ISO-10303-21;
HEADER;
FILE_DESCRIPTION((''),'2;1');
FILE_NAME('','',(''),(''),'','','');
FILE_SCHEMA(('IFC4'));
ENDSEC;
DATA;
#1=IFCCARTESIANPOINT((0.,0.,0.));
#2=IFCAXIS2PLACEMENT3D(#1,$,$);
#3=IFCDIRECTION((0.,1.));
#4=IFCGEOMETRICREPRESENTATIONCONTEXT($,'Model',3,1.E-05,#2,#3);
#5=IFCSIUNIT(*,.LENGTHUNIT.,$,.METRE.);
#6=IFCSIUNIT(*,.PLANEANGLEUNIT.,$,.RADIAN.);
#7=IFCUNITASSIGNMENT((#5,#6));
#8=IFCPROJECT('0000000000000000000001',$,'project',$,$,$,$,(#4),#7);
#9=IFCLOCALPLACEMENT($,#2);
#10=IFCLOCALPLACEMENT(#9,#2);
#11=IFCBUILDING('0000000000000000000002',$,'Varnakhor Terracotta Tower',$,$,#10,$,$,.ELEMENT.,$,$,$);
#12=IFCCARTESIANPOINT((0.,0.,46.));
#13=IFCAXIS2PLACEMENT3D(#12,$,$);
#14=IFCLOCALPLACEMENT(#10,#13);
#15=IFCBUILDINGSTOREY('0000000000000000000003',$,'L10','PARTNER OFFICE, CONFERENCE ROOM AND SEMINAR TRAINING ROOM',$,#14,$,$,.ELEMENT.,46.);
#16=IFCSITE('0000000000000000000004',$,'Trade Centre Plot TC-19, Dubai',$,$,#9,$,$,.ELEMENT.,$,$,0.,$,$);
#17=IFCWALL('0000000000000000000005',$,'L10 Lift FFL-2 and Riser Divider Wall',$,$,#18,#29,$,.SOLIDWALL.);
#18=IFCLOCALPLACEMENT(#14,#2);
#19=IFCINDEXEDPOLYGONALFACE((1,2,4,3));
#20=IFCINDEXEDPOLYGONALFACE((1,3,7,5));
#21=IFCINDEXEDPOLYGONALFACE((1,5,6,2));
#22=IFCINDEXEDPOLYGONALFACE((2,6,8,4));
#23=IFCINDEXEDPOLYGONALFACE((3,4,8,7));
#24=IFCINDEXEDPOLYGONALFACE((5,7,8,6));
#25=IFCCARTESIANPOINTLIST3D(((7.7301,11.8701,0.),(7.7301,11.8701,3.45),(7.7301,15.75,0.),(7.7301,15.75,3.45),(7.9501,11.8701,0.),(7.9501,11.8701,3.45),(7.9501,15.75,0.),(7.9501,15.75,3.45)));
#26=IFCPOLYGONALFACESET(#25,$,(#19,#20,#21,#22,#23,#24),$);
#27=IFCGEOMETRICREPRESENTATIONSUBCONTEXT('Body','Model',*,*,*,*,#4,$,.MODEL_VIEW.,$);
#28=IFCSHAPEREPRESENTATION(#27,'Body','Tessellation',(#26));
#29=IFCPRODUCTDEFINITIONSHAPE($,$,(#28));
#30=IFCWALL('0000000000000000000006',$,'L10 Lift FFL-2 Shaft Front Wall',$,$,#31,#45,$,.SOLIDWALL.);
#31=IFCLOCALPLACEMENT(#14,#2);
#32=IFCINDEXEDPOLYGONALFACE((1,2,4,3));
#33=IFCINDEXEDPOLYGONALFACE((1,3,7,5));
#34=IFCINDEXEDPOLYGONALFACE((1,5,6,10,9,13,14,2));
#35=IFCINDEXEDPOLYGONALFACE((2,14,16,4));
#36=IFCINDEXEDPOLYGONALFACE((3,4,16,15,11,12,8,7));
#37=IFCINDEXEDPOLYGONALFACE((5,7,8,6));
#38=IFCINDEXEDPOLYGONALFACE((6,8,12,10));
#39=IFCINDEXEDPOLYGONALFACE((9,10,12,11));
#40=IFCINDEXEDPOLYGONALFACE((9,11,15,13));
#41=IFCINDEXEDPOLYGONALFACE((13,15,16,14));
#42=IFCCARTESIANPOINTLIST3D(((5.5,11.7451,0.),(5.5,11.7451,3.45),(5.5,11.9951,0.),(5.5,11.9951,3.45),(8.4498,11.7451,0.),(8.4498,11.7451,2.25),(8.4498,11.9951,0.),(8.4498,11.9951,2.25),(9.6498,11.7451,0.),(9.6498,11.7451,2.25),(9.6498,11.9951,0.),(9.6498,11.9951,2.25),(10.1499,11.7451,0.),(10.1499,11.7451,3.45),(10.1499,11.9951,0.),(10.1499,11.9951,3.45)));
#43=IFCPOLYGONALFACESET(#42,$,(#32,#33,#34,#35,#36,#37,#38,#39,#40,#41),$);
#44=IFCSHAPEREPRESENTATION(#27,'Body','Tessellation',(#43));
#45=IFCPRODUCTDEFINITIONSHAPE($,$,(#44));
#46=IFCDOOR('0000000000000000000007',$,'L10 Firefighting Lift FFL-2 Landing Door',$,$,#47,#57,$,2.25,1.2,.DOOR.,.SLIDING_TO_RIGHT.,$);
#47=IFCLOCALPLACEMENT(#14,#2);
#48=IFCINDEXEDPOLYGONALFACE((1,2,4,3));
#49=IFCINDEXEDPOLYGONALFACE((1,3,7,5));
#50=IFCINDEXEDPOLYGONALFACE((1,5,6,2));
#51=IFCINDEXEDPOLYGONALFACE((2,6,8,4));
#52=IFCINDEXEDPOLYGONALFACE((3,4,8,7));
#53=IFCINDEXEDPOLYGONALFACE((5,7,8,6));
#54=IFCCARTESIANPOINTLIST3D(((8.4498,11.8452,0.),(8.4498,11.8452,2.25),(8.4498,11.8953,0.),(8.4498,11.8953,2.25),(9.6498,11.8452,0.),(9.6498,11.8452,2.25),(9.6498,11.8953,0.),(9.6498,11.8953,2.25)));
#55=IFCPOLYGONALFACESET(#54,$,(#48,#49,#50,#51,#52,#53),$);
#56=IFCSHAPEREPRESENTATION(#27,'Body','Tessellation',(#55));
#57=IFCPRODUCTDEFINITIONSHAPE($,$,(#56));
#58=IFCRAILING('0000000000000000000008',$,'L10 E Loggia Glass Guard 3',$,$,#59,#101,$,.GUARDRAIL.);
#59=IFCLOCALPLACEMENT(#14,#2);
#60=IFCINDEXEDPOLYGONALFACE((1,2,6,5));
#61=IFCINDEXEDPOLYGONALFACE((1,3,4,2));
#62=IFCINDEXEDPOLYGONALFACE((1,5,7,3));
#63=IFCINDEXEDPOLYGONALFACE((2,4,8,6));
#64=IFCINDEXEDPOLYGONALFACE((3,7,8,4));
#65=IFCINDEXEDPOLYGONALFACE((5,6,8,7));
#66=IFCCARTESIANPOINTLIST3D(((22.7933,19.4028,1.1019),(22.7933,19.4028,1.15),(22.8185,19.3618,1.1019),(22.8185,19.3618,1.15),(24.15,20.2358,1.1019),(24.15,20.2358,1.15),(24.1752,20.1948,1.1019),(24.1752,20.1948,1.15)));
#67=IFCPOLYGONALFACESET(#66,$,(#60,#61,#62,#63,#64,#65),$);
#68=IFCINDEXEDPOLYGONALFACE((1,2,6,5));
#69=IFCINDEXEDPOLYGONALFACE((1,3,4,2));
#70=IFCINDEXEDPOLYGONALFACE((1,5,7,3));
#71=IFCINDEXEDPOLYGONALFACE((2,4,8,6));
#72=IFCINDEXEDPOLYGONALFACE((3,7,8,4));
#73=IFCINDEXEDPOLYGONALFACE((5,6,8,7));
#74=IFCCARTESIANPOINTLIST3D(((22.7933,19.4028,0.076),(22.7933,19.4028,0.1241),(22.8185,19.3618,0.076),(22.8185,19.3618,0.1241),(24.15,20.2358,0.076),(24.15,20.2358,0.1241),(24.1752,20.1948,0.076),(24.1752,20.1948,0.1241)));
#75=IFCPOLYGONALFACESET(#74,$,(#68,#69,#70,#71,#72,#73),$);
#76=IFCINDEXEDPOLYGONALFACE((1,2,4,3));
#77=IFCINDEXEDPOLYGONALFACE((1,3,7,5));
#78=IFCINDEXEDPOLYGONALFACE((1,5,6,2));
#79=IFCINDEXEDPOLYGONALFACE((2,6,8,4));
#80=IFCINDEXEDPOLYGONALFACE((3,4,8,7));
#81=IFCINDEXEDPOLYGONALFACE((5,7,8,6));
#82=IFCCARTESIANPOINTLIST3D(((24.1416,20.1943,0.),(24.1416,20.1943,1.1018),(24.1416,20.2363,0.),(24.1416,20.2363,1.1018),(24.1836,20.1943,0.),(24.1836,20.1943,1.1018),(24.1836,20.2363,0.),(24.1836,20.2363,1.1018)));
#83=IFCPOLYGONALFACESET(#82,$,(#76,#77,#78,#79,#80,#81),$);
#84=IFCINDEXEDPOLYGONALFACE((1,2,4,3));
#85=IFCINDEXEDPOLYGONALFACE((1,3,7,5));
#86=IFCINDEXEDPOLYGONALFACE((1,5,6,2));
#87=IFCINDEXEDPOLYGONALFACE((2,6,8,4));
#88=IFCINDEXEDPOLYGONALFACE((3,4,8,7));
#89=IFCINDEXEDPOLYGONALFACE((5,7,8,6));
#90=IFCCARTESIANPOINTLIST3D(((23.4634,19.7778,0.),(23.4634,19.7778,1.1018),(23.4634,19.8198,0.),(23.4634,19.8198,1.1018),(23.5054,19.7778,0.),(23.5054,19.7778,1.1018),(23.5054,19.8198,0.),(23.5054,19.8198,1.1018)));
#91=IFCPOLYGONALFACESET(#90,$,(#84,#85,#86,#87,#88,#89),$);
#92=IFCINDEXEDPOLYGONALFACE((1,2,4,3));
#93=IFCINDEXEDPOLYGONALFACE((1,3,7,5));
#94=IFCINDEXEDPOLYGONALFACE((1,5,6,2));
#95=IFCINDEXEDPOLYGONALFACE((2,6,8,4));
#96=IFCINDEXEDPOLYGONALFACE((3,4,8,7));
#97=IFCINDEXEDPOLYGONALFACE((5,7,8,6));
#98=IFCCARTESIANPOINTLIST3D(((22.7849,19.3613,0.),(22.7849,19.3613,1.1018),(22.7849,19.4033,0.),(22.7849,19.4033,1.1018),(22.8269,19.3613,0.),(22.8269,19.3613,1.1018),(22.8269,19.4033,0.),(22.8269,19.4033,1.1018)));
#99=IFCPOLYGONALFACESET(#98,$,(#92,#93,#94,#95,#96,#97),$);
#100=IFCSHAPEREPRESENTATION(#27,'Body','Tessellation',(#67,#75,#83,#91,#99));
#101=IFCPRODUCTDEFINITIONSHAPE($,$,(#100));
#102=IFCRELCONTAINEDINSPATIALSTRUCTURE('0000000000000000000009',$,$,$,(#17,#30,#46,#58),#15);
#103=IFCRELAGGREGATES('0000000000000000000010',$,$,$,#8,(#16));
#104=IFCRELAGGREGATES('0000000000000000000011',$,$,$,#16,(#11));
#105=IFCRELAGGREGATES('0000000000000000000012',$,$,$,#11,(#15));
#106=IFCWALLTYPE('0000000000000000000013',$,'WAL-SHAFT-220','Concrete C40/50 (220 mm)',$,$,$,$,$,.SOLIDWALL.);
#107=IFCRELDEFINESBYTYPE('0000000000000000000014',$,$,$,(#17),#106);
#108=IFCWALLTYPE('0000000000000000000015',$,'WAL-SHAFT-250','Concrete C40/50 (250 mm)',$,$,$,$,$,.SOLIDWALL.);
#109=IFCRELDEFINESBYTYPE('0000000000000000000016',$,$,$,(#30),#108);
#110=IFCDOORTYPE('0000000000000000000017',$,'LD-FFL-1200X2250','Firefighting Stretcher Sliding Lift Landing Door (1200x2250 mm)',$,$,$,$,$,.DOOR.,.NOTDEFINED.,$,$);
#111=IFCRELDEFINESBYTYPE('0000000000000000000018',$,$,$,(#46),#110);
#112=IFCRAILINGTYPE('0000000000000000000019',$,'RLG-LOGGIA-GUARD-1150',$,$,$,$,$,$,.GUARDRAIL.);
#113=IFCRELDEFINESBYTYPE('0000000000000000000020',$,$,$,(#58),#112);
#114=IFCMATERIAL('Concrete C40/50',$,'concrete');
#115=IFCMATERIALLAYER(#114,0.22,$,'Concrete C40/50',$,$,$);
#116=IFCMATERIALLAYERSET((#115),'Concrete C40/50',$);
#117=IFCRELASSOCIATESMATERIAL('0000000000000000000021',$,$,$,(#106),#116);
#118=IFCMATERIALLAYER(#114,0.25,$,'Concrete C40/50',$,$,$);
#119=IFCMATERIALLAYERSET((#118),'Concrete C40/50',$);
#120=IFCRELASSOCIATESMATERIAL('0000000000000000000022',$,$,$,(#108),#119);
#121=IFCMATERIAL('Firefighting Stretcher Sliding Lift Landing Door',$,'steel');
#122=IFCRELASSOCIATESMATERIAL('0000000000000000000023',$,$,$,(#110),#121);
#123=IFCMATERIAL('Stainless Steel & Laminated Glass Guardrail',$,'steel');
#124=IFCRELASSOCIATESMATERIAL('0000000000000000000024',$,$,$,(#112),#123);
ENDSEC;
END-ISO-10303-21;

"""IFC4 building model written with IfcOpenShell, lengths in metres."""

from ifc_helpers import new_model, si_unit, direction, frame, frame_2d, origin, origin_2d, place, context, subcontext, project, spatial, rectangle, extrude, source, transform, mapped, material, layer, layer_set, type_object, type_shapes, element, fill, save


model = new_model("IFC4")

# Units and contexts
model_context = context("Model", 3, precision=1e-05, world=origin(), true_north=direction((0.0, 1.0)))
body_context = subcontext(model_context, "Body", "Model", "MODEL_VIEW")
ifc_project = project(units=[si_unit("LENGTHUNIT", "METRE"), si_unit("PLANEANGLEUNIT", "RADIAN")], contexts=[model_context])

# Site, building, storey
site_placement = place(None, origin())
site = spatial("IfcSite", under=ifc_project, at=site_placement, Name="Trade Centre Plot TC-19, Dubai", CompositionType="ELEMENT", RefElevation=0.0)
building_placement = place(site_placement, origin())
building = spatial("IfcBuilding", under=site, at=building_placement, Name="Varnakhor Terracotta Tower", CompositionType="ELEMENT")
storey_placement = place(building_placement, frame((0.0, 0.0, 46.0)))
storey = spatial("IfcBuildingStorey", under=building, at=storey_placement, Name="L10", Description="PARTNER OFFICE, CONFERENCE ROOM AND SEMINAR TRAINING ROOM", CompositionType="ELEMENT", Elevation=46.0)

# Wall
ifc_material_1 = material(Name="Concrete C40/50", Category="concrete")
ifc_layer_1 = layer(ifc_material_1, 0.22, Name="Concrete C40/50")
ifc_layer_set_1 = layer_set([ifc_layer_1], Name="Concrete C40/50")
wall_type_1 = type_object("IfcWallType", Name="WAL-SHAFT-220", Description="Concrete C40/50 (220 mm)", PredefinedType="SOLIDWALL", material=ifc_layer_set_1)
wall_1_placement = place(storey_placement, frame((7.8401, 11.8701, 0.0), z_axis=(0.0, 0.0, 1.0), x_axis=(0.0, 1.0, 0.0)))
element("IfcWall", 1, at=wall_1_placement, inside=storey, type_object=wall_type_1, Name="L10 Lift FFL-2 and Riser Divider Wall", PredefinedType="SOLIDWALL", context=body_context, shape_type="SweptSolid", body=[
    extrude(rectangle(XDim=3.8799, YDim=0.22, at=frame_2d((1.9399, 0.0))), origin(), (0.0, 0.0, 1.0), 3.45),
])

# Wall, opening, door
ifc_layer_2 = layer(ifc_material_1, 0.25, Name="Concrete C40/50")
ifc_layer_set_2 = layer_set([ifc_layer_2], Name="Concrete C40/50")
wall_type_2 = type_object("IfcWallType", Name="WAL-SHAFT-250", Description="Concrete C40/50 (250 mm)", PredefinedType="SOLIDWALL", material=ifc_layer_set_2)
wall_2_placement = place(storey_placement, frame((10.1499, 11.8701, 0.0), z_axis=(0.0, 0.0, 1.0), x_axis=(-1.0, 0.0, 0.0)))
wall_2 = element("IfcWall", 2, at=wall_2_placement, inside=storey, type_object=wall_type_2, Name="L10 Lift FFL-2 Shaft Front Wall", PredefinedType="SOLIDWALL", context=body_context, shape_type="SweptSolid", body=[
    extrude(rectangle(XDim=4.6499, YDim=0.25, at=frame_2d((2.325, 0.0))), origin(), (0.0, 0.0, 1.0), 3.45),
])
opening_1_placement = place(wall_2_placement, frame((0.5, 0.0, 0.0)))
opening_1 = element("IfcOpeningElement", 3, at=opening_1_placement, cuts=wall_2, PredefinedType="OPENING", context=body_context, shape_type="SweptSolid", body=[
    extrude(rectangle(XDim=1.2, YDim=2.25, at=frame_2d((0.6001, 1.125))), frame((0.0, 0.135, 0.0), z_axis=(0.0, -1.0, 0.0), x_axis=(1.0, 0.0, 0.0)), (0.0, 0.0, 1.0), 0.27),
])
ifc_material_2 = material(Name="Firefighting Stretcher Sliding Lift Landing Door", Category="steel")
door_type_1 = type_object("IfcDoorType", Name="LD-FFL-1200X2250", Description="Firefighting Stretcher Sliding Lift Landing Door (1200x2250 mm)", OperationType="NOTDEFINED", PredefinedType="DOOR", material=ifc_material_2)
shared_shape_1 = source(origin(), body_context, "Body", "SweptSolid", [
    extrude(rectangle(XDim=1.2, YDim=2.25, at=frame_2d((0.6001, 1.125))), frame((0.0, 0.0249, 0.0), z_axis=(0.0, -1.0, 0.0), x_axis=(1.0, 0.0, 0.0)), (0.0, 0.0, 1.0), 0.05),
])
type_shapes(door_type_1, [shared_shape_1])
door_1_placement = place(opening_1_placement, origin())
door_1 = element("IfcDoor", 4, at=door_1_placement, inside=storey, type_object=door_type_1, Name="L10 Firefighting Lift FFL-2 Landing Door", OperationType="SLIDING_TO_RIGHT", OverallHeight=2.25, OverallWidth=1.2, PredefinedType="DOOR", context=body_context, shape_type="MappedRepresentation", body=[
    mapped(shared_shape_1, transform((0.0, 0.0, 0.0), scale=1.0)),
])
fill(opening_1, door_1)

# Railing
ifc_material_3 = material(Name="Stainless Steel & Laminated Glass Guardrail", Category="steel")
railing_type = type_object("IfcRailingType", Name="RLG-LOGGIA-GUARD-1150", PredefinedType="GUARDRAIL", material=ifc_material_3)
railing_placement = place(storey_placement, frame((24.1626, 20.2153, 0.0)))
element("IfcRailing", 5, at=railing_placement, inside=storey, type_object=railing_type, Name="L10 E Loggia Glass Guard 3", PredefinedType="GUARDRAIL", context=body_context, shape_type="SweptSolid", body=[
    extrude(rectangle(XDim=0.0481, YDim=0.0481, at=origin_2d()), frame((0.0, 0.0, 1.126), z_axis=(-0.852184, -0.523242, 0.0), x_axis=(0.523242, -0.852184, 0.0)), (0.0, 0.0, 1.0), 1.592),
    extrude(rectangle(XDim=0.0481, YDim=0.0481, at=origin_2d()), frame((0.0, 0.0, 0.1001), z_axis=(-0.852184, -0.523242, 0.0), x_axis=(0.523242, -0.852184, 0.0)), (0.0, 0.0, 1.0), 1.592),
    extrude(rectangle(XDim=0.042, YDim=0.042, at=origin_2d()), origin(), (0.0, 0.0, 1.0), 1.1018),
    extrude(rectangle(XDim=0.042, YDim=0.042, at=origin_2d()), frame((-0.6782, -0.4165, 0.0)), (0.0, 0.0, 1.0), 1.1018),
    extrude(rectangle(XDim=0.042, YDim=0.042, at=origin_2d()), frame((-1.3567, -0.833, 0.0)), (0.0, 0.0, 1.0), 1.1018),
])

save(model, "model.ifc")
